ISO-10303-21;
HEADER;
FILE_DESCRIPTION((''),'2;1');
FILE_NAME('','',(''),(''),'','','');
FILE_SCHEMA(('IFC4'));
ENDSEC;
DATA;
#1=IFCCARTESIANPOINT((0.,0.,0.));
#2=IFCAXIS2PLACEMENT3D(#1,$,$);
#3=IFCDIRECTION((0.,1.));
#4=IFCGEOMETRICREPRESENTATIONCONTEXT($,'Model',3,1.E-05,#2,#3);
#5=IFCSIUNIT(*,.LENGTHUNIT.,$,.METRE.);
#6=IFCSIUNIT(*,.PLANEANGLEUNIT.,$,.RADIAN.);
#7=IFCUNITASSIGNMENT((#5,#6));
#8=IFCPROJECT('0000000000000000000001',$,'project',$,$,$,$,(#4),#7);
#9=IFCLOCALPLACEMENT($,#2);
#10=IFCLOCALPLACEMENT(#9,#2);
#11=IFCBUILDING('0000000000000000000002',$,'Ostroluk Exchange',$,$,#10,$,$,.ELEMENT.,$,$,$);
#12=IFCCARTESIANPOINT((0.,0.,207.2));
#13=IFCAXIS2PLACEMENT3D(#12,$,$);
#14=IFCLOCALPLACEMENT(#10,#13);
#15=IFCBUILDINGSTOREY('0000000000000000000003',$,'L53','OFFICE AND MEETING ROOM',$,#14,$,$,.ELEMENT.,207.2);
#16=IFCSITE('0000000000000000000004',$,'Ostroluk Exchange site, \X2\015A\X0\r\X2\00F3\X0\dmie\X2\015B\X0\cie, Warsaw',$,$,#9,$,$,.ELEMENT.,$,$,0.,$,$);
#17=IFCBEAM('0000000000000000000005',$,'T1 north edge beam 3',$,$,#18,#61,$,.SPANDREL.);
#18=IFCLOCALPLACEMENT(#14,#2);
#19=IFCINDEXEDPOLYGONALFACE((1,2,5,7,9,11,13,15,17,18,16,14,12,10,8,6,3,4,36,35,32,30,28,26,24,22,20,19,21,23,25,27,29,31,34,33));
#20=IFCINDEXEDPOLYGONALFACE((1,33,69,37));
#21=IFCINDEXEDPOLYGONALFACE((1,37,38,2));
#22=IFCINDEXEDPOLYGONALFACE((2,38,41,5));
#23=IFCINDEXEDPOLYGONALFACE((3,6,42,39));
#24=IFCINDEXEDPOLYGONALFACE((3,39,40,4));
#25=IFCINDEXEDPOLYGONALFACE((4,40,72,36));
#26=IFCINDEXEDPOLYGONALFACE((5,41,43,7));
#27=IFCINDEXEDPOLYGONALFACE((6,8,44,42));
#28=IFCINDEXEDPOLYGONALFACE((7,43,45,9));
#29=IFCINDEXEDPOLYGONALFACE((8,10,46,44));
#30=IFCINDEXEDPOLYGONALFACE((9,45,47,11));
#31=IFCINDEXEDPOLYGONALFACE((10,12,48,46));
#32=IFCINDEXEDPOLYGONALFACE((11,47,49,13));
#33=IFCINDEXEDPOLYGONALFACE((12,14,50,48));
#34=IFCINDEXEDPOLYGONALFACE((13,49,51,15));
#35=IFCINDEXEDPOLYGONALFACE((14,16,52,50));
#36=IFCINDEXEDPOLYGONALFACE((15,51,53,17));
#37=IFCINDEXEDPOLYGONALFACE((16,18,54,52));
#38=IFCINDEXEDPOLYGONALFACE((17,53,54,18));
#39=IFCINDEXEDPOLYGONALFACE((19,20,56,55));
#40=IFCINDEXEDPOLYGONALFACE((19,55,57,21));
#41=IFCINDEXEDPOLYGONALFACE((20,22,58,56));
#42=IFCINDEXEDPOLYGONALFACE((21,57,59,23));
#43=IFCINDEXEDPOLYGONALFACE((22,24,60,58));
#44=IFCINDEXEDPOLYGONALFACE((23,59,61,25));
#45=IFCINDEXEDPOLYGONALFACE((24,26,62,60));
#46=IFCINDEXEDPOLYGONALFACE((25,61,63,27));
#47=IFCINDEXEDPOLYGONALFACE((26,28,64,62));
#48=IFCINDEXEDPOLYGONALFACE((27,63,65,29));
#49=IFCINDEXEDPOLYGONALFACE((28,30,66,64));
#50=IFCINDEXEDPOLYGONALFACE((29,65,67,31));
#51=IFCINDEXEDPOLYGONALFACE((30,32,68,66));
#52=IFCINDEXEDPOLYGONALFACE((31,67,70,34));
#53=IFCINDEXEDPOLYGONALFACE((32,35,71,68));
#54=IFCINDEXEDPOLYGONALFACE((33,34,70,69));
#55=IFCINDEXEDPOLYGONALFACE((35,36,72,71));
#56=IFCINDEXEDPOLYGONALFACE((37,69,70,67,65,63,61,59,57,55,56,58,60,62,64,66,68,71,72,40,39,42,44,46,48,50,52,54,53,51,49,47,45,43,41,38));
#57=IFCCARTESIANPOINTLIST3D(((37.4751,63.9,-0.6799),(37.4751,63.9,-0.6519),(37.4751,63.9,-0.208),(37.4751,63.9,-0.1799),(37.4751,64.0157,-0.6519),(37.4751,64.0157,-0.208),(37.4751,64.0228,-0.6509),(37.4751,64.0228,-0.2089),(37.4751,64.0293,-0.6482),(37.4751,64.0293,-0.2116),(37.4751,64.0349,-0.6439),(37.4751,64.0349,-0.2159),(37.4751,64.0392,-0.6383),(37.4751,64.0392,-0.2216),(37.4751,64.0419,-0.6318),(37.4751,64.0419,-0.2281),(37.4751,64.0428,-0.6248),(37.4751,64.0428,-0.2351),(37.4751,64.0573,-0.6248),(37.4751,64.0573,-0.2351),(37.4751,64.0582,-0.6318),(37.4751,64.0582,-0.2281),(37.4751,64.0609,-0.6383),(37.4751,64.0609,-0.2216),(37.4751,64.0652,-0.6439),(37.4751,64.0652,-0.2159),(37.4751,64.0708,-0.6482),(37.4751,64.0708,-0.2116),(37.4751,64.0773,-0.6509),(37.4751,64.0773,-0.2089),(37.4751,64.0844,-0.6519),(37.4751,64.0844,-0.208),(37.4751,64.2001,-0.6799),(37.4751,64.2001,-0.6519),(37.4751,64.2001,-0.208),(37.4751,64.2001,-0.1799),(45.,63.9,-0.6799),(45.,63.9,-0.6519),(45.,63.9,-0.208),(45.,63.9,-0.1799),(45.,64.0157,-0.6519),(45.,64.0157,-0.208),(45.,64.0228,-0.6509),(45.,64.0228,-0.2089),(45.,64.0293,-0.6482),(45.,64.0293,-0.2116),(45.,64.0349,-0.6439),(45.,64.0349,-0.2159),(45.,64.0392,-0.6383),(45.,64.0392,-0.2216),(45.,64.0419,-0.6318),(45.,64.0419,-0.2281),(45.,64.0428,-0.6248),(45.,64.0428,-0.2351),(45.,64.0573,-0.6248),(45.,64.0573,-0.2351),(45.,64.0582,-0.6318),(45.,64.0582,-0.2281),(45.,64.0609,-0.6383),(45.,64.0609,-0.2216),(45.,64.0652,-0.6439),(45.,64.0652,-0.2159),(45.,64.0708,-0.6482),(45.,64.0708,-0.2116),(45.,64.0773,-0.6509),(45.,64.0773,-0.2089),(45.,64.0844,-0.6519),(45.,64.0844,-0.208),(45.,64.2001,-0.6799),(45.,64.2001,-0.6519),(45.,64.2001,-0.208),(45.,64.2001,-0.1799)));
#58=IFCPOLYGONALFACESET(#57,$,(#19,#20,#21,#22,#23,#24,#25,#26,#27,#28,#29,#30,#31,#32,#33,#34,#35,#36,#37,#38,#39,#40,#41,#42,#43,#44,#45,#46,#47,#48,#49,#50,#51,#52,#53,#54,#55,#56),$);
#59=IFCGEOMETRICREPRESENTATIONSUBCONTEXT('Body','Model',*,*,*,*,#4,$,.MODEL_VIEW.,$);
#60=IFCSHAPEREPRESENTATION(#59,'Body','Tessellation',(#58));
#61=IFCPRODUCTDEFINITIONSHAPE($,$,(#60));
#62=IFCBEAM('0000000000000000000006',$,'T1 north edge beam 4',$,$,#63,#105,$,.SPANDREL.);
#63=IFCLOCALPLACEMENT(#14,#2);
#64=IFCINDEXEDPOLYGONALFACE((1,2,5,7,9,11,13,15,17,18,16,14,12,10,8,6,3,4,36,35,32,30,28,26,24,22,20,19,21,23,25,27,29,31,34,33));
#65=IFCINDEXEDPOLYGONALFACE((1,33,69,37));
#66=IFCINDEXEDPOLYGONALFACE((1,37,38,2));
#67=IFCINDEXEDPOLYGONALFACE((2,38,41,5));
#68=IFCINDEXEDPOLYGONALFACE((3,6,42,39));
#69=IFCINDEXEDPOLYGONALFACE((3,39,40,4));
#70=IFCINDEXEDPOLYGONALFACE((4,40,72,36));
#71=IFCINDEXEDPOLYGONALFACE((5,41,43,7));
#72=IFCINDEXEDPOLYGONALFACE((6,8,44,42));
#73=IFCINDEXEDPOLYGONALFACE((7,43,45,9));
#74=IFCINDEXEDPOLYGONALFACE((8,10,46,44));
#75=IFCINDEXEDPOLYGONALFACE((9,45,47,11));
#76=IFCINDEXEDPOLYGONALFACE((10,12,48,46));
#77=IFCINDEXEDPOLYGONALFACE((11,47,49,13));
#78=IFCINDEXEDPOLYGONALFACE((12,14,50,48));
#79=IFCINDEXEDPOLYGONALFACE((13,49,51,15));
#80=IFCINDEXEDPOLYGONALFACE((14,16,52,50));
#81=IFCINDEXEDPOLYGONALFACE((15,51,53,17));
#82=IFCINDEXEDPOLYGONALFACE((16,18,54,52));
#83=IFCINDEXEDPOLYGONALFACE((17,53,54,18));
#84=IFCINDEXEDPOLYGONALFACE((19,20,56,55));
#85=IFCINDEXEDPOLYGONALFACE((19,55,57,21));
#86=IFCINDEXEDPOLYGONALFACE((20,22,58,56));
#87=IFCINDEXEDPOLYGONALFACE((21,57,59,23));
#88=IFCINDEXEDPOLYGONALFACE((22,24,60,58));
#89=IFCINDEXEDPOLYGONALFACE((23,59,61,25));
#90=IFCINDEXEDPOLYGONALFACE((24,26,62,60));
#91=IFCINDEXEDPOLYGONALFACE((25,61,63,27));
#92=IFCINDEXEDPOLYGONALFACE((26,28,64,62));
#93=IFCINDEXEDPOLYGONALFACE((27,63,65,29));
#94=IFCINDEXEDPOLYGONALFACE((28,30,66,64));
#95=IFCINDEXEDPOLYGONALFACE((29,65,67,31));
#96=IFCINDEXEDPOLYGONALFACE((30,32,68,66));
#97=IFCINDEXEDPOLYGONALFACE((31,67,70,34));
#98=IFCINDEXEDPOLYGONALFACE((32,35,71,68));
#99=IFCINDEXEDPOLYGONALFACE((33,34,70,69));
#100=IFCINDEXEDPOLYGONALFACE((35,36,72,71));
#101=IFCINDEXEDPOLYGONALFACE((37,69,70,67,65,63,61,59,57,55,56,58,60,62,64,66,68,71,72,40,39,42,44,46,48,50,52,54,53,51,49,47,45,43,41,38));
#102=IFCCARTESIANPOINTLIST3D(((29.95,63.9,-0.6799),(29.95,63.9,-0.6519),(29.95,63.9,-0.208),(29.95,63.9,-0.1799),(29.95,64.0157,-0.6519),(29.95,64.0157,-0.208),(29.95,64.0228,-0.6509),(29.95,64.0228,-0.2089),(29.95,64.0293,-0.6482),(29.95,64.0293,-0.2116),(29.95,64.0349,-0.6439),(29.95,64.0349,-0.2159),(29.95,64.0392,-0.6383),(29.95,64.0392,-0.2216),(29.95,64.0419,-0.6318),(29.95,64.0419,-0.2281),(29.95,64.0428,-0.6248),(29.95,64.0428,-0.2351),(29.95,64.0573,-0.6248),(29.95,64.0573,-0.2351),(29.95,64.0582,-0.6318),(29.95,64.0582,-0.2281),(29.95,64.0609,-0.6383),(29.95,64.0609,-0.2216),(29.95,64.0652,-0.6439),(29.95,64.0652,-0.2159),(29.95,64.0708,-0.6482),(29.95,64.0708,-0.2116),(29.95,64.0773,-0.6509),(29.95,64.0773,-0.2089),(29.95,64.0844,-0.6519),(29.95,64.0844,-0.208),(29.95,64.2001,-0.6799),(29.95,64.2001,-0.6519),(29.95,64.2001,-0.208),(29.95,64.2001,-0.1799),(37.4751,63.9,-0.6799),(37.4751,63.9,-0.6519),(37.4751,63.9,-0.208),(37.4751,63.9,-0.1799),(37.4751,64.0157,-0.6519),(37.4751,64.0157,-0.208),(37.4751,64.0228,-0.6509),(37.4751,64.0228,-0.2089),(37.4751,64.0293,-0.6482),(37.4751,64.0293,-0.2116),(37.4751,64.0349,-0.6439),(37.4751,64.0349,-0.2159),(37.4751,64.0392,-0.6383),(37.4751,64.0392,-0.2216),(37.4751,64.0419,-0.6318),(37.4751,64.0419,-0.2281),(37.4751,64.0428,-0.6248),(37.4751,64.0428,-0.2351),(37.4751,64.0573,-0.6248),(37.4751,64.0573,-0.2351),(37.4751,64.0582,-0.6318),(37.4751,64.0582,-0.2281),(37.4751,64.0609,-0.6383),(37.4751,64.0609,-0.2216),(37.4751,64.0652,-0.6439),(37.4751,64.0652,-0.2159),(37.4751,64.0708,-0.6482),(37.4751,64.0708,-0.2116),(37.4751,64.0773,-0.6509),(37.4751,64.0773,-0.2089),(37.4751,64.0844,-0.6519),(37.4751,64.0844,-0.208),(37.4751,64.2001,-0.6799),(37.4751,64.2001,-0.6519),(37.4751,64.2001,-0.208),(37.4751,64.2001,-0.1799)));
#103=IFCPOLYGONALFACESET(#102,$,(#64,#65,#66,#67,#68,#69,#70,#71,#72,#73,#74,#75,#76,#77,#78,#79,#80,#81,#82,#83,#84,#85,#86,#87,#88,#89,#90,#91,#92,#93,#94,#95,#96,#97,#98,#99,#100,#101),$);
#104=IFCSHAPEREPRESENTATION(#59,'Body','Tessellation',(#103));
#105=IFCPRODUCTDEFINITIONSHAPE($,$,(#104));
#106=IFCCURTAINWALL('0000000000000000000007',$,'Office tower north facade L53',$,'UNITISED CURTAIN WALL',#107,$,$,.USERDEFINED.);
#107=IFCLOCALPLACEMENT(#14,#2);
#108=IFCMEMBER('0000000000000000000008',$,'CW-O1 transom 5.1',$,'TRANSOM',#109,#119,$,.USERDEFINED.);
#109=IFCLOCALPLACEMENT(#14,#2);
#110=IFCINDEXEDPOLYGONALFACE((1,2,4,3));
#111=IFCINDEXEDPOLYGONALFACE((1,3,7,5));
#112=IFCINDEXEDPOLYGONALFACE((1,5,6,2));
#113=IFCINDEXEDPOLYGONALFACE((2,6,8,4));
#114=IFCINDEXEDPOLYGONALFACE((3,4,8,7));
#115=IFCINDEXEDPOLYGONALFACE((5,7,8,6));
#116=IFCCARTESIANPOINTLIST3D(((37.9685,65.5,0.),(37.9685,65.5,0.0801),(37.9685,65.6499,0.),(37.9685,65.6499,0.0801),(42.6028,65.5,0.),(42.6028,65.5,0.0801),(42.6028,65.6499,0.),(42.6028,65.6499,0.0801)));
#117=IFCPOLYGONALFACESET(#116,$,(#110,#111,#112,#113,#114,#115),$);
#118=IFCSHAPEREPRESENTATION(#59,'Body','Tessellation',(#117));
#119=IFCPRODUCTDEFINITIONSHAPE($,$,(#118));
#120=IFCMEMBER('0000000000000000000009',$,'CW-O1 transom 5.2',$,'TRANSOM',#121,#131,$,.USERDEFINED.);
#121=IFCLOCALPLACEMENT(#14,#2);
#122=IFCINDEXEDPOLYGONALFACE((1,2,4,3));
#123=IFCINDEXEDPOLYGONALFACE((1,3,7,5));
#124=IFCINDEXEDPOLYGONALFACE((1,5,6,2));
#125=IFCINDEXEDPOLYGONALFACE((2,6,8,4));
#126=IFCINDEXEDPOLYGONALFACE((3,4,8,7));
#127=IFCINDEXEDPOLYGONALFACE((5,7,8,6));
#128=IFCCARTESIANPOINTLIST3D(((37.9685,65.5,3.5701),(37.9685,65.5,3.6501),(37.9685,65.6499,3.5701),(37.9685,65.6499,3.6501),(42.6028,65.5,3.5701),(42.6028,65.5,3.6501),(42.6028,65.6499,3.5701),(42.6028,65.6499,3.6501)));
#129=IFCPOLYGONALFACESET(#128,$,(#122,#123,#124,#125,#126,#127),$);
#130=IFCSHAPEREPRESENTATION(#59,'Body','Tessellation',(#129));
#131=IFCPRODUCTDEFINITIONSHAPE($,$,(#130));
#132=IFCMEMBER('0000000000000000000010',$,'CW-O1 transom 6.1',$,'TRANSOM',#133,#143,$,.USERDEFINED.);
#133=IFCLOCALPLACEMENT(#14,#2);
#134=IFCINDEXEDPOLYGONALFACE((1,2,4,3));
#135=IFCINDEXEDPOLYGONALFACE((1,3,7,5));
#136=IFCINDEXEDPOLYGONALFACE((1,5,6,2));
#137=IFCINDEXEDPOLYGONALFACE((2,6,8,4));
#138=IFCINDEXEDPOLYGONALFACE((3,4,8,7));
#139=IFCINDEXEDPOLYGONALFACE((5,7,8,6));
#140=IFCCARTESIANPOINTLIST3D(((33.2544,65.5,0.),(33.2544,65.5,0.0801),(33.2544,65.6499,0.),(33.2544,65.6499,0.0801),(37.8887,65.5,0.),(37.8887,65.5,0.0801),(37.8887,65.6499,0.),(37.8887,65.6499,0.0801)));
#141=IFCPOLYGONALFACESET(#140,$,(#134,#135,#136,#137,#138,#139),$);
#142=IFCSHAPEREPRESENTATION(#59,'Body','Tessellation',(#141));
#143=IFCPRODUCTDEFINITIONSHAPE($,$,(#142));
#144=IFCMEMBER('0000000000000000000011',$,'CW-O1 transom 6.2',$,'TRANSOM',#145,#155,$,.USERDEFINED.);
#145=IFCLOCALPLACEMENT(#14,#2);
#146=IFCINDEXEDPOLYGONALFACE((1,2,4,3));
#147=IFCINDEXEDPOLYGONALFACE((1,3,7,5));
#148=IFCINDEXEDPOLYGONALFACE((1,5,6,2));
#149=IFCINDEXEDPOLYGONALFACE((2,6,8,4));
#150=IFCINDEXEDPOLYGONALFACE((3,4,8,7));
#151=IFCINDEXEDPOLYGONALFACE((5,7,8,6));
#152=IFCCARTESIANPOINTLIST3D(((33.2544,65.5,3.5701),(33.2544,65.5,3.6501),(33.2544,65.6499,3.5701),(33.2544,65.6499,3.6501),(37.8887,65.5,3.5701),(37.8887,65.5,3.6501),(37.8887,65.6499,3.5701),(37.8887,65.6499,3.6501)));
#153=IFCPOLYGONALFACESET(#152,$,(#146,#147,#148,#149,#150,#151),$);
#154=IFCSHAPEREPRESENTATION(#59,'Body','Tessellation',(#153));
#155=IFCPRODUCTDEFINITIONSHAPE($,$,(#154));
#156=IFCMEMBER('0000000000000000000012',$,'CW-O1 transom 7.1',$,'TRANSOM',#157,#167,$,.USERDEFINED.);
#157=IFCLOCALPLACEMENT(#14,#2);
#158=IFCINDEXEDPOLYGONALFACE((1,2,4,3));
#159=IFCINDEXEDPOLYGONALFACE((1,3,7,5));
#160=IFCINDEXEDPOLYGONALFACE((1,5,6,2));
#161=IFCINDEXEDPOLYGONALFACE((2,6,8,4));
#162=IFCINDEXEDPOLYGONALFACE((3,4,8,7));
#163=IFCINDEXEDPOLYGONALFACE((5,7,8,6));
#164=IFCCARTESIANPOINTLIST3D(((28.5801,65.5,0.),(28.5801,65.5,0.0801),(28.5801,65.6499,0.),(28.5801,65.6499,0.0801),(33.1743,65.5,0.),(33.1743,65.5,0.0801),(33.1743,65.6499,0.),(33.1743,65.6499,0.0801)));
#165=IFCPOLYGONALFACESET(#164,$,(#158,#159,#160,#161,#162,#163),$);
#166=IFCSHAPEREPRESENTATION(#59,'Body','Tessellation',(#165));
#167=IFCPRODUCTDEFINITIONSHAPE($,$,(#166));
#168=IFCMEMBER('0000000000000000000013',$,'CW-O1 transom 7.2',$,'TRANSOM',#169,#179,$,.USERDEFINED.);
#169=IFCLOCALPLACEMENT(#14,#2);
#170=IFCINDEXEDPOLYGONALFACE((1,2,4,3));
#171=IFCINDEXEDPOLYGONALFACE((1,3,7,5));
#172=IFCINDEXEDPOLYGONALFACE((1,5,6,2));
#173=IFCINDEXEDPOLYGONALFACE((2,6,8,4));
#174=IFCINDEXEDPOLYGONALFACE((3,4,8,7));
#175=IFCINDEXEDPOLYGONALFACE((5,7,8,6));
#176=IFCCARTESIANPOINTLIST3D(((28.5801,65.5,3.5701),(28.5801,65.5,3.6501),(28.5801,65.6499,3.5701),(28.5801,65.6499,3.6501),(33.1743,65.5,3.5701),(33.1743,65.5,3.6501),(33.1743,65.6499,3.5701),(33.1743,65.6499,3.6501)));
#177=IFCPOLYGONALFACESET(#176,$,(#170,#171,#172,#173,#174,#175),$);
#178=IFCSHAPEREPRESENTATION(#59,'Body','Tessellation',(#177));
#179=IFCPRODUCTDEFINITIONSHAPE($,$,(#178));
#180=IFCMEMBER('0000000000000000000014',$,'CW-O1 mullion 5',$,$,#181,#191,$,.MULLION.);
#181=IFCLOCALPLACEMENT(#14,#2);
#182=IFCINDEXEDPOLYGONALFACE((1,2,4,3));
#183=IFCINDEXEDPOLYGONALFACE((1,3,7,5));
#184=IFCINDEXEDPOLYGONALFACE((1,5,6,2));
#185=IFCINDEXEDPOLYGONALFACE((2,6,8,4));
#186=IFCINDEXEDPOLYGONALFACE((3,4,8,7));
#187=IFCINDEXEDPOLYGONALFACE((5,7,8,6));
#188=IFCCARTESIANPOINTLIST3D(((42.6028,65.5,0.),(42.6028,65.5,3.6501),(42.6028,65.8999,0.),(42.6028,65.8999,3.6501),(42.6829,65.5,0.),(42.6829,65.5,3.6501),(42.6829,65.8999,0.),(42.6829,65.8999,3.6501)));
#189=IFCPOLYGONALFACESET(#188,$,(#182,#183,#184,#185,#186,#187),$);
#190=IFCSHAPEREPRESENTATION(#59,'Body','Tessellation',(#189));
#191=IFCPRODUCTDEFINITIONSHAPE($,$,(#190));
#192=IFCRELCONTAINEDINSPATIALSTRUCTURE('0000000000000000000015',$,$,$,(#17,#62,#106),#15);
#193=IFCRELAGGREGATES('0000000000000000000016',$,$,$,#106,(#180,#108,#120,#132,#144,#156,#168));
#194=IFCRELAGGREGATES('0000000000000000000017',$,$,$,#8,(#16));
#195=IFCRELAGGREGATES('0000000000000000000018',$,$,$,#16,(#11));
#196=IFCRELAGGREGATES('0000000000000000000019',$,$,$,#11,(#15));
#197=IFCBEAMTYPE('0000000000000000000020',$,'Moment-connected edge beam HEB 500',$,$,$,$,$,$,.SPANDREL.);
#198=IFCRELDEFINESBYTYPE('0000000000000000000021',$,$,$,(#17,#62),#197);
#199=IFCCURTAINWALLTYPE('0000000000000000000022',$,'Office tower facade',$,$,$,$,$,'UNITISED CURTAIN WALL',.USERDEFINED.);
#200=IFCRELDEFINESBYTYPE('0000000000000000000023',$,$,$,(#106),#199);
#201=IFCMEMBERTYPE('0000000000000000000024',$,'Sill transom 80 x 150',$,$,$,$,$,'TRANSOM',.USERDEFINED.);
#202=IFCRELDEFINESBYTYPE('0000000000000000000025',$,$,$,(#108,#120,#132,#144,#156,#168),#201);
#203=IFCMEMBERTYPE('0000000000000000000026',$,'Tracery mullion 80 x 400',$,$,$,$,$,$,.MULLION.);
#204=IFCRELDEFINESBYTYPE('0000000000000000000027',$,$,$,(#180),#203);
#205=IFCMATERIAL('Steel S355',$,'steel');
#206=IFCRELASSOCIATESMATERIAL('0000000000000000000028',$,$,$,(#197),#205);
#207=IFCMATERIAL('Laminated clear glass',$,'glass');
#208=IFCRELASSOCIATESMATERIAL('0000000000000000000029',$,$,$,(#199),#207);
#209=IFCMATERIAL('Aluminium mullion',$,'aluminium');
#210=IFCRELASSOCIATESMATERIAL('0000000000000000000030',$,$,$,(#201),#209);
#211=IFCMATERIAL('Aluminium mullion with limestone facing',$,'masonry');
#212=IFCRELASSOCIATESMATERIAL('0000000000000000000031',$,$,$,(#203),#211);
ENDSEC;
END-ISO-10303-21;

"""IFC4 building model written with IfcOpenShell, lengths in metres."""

from ifc_helpers import new_model, si_unit, direction, frame, origin, origin_2d, place, context, subcontext, project, spatial, rectangle, i_section, extrude, material, material_profile, profile_set, type_object, element, aggregate, save


model = new_model("IFC4")

# Units and contexts
model_context = context("Model", 3, precision=1e-05, world=origin(), true_north=direction((0.0, 1.0)))
body_context = subcontext(model_context, "Body", "Model", "MODEL_VIEW")
ifc_project = project(units=[si_unit("LENGTHUNIT", "METRE"), si_unit("PLANEANGLEUNIT", "RADIAN")], contexts=[model_context])

# Site, building, storey
site_placement = place(None, origin())
site = spatial("IfcSite", under=ifc_project, at=site_placement, Name="Ostroluk Exchange site, Śródmieście, Warsaw", CompositionType="ELEMENT", RefElevation=0.0)
building_placement = place(site_placement, origin())
building = spatial("IfcBuilding", under=site, at=building_placement, Name="Ostroluk Exchange", CompositionType="ELEMENT")
storey_placement = place(building_placement, frame((0.0, 0.0, 207.2)))
storey = spatial("IfcBuildingStorey", under=building, at=storey_placement, Name="L53", Description="OFFICE AND MEETING ROOM", CompositionType="ELEMENT", Elevation=207.2)

# Beams
ifc_material_1 = material(Name="Steel S355", Category="steel")
ifc_material_profile_1 = material_profile(ifc_material_1, i_section(OverallWidth=0.3, OverallDepth=0.5, WebThickness=0.0144, FlangeThickness=0.0281, FilletRadius=0.0271, at=origin_2d()), Name="HEB 500")
ifc_profile_set_1 = profile_set([ifc_material_profile_1], Name="Steel S355")
beam_type_1 = type_object("IfcBeamType", Name="Moment-connected edge beam HEB 500", PredefinedType="SPANDREL", material=ifc_profile_set_1)
beam_1_placement = place(storey_placement, frame((45.0, 64.05, -0.4299), z_axis=(-1.0, 0.0, 0.0), x_axis=(0.0, -1.0, 0.0)))
element("IfcBeam", 1, at=beam_1_placement, inside=storey, type_object=beam_type_1, Name="T1 north edge beam 3", PredefinedType="SPANDREL", context=body_context, shape_type="SweptSolid", body=[
    extrude(i_section(OverallWidth=0.3, OverallDepth=0.5, WebThickness=0.0144, FlangeThickness=0.0281, FilletRadius=0.0271, at=origin_2d()), origin(), (0.0, 0.0, 1.0), 7.5249),
])
beam_2_placement = place(storey_placement, frame((37.4751, 64.05, -0.4299), z_axis=(-1.0, 0.0, 0.0), x_axis=(0.0, -1.0, 0.0)))
element("IfcBeam", 2, at=beam_2_placement, inside=storey, type_object=beam_type_1, Name="T1 north edge beam 4", PredefinedType="SPANDREL", context=body_context, shape_type="SweptSolid", body=[
    extrude(i_section(OverallWidth=0.3, OverallDepth=0.5, WebThickness=0.0144, FlangeThickness=0.0281, FilletRadius=0.0271, at=origin_2d()), origin(), (0.0, 0.0, 1.0), 7.5251),
])

# Curtain wall, members
ifc_material_2 = material(Name="Laminated clear glass", Category="glass")
curtain_wall_type = type_object("IfcCurtainWallType", Name="Office tower facade", ElementType="UNITISED CURTAIN WALL", PredefinedType="USERDEFINED", material=ifc_material_2)
curtain_wall_placement = place(storey_placement, origin())
curtain_wall = element("IfcCurtainWall", 3, at=curtain_wall_placement, inside=storey, type_object=curtain_wall_type, Name="Office tower north facade L53", ObjectType="UNITISED CURTAIN WALL", PredefinedType="USERDEFINED")
ifc_material_3 = material(Name="Aluminium mullion", Category="aluminium")
ifc_material_profile_2 = material_profile(ifc_material_3, rectangle(XDim=0.1499, YDim=0.0801, at=origin_2d()), Name="Sill transom 80 x 150")
ifc_profile_set_2 = profile_set([ifc_material_profile_2], Name="Aluminium mullion")
member_type_1 = type_object("IfcMemberType", Name="Sill transom 80 x 150", ElementType="TRANSOM", PredefinedType="USERDEFINED", material=ifc_profile_set_2)
member_1_placement = place(storey_placement, frame((42.6028, 65.575, 0.04), z_axis=(-1.0, 0.0, 0.0), x_axis=(0.0, -1.0, 0.0)))
member_1 = element("IfcMember", 4, at=member_1_placement, type_object=member_type_1, Name="CW-O1 transom 5.1", ObjectType="TRANSOM", PredefinedType="USERDEFINED", context=body_context, shape_type="SweptSolid", body=[
    extrude(rectangle(XDim=0.1499, YDim=0.0801, at=origin_2d()), origin(), (0.0, 0.0, 1.0), 4.6343),
])
member_2_placement = place(storey_placement, frame((42.6028, 65.575, 3.6101), z_axis=(-1.0, 0.0, 0.0), x_axis=(0.0, -1.0, 0.0)))
member_2 = element("IfcMember", 5, at=member_2_placement, type_object=member_type_1, Name="CW-O1 transom 5.2", ObjectType="TRANSOM", PredefinedType="USERDEFINED", context=body_context, shape_type="SweptSolid", body=[
    extrude(rectangle(XDim=0.1499, YDim=0.0801, at=origin_2d()), origin(), (0.0, 0.0, 1.0), 4.6343),
])
member_3_placement = place(storey_placement, frame((37.8887, 65.575, 0.04), z_axis=(-1.0, 0.0, 0.0), x_axis=(0.0, -1.0, 0.0)))
member_3 = element("IfcMember", 6, at=member_3_placement, type_object=member_type_1, Name="CW-O1 transom 6.1", ObjectType="TRANSOM", PredefinedType="USERDEFINED", context=body_context, shape_type="SweptSolid", body=[
    extrude(rectangle(XDim=0.1499, YDim=0.0801, at=origin_2d()), origin(), (0.0, 0.0, 1.0), 4.6343),
])
member_4_placement = place(storey_placement, frame((37.8887, 65.575, 3.6101), z_axis=(-1.0, 0.0, 0.0), x_axis=(0.0, -1.0, 0.0)))
member_4 = element("IfcMember", 7, at=member_4_placement, type_object=member_type_1, Name="CW-O1 transom 6.2", ObjectType="TRANSOM", PredefinedType="USERDEFINED", context=body_context, shape_type="SweptSolid", body=[
    extrude(rectangle(XDim=0.1499, YDim=0.0801, at=origin_2d()), origin(), (0.0, 0.0, 1.0), 4.6343),
])
member_5_placement = place(storey_placement, frame((33.1743, 65.575, 0.04), z_axis=(-1.0, 0.0, 0.0), x_axis=(0.0, -1.0, 0.0)))
member_5 = element("IfcMember", 8, at=member_5_placement, type_object=member_type_1, Name="CW-O1 transom 7.1", ObjectType="TRANSOM", PredefinedType="USERDEFINED", context=body_context, shape_type="SweptSolid", body=[
    extrude(rectangle(XDim=0.1499, YDim=0.0801, at=origin_2d()), origin(), (0.0, 0.0, 1.0), 4.5942),
])
member_6_placement = place(storey_placement, frame((33.1743, 65.575, 3.6101), z_axis=(-1.0, 0.0, 0.0), x_axis=(0.0, -1.0, 0.0)))
member_6 = element("IfcMember", 9, at=member_6_placement, type_object=member_type_1, Name="CW-O1 transom 7.2", ObjectType="TRANSOM", PredefinedType="USERDEFINED", context=body_context, shape_type="SweptSolid", body=[
    extrude(rectangle(XDim=0.1499, YDim=0.0801, at=origin_2d()), origin(), (0.0, 0.0, 1.0), 4.5942),
])
ifc_material_4 = material(Name="Aluminium mullion with limestone facing", Category="masonry")
ifc_material_profile_3 = material_profile(ifc_material_4, rectangle(XDim=0.3999, YDim=0.0801, at=origin_2d()), Name="Tracery mullion 80 x 400")
ifc_profile_set_3 = profile_set([ifc_material_profile_3], Name="Aluminium mullion with limestone facing")
member_type_2 = type_object("IfcMemberType", Name="Tracery mullion 80 x 400", PredefinedType="MULLION", material=ifc_profile_set_3)
member_7_placement = place(storey_placement, frame((42.6428, 65.7, 0.0), z_axis=(0.0, 0.0, 1.0), x_axis=(0.0, -1.0, 0.0)))
member_7 = element("IfcMember", 10, at=member_7_placement, type_object=member_type_2, Name="CW-O1 mullion 5", PredefinedType="MULLION", context=body_context, shape_type="SweptSolid", body=[
    extrude(rectangle(XDim=0.3999, YDim=0.0801, at=origin_2d()), origin(), (0.0, 0.0, 1.0), 3.6501),
])
aggregate(curtain_wall, [member_7, member_1, member_2, member_3, member_4, member_5, member_6])

save(model, "model.ifc")
